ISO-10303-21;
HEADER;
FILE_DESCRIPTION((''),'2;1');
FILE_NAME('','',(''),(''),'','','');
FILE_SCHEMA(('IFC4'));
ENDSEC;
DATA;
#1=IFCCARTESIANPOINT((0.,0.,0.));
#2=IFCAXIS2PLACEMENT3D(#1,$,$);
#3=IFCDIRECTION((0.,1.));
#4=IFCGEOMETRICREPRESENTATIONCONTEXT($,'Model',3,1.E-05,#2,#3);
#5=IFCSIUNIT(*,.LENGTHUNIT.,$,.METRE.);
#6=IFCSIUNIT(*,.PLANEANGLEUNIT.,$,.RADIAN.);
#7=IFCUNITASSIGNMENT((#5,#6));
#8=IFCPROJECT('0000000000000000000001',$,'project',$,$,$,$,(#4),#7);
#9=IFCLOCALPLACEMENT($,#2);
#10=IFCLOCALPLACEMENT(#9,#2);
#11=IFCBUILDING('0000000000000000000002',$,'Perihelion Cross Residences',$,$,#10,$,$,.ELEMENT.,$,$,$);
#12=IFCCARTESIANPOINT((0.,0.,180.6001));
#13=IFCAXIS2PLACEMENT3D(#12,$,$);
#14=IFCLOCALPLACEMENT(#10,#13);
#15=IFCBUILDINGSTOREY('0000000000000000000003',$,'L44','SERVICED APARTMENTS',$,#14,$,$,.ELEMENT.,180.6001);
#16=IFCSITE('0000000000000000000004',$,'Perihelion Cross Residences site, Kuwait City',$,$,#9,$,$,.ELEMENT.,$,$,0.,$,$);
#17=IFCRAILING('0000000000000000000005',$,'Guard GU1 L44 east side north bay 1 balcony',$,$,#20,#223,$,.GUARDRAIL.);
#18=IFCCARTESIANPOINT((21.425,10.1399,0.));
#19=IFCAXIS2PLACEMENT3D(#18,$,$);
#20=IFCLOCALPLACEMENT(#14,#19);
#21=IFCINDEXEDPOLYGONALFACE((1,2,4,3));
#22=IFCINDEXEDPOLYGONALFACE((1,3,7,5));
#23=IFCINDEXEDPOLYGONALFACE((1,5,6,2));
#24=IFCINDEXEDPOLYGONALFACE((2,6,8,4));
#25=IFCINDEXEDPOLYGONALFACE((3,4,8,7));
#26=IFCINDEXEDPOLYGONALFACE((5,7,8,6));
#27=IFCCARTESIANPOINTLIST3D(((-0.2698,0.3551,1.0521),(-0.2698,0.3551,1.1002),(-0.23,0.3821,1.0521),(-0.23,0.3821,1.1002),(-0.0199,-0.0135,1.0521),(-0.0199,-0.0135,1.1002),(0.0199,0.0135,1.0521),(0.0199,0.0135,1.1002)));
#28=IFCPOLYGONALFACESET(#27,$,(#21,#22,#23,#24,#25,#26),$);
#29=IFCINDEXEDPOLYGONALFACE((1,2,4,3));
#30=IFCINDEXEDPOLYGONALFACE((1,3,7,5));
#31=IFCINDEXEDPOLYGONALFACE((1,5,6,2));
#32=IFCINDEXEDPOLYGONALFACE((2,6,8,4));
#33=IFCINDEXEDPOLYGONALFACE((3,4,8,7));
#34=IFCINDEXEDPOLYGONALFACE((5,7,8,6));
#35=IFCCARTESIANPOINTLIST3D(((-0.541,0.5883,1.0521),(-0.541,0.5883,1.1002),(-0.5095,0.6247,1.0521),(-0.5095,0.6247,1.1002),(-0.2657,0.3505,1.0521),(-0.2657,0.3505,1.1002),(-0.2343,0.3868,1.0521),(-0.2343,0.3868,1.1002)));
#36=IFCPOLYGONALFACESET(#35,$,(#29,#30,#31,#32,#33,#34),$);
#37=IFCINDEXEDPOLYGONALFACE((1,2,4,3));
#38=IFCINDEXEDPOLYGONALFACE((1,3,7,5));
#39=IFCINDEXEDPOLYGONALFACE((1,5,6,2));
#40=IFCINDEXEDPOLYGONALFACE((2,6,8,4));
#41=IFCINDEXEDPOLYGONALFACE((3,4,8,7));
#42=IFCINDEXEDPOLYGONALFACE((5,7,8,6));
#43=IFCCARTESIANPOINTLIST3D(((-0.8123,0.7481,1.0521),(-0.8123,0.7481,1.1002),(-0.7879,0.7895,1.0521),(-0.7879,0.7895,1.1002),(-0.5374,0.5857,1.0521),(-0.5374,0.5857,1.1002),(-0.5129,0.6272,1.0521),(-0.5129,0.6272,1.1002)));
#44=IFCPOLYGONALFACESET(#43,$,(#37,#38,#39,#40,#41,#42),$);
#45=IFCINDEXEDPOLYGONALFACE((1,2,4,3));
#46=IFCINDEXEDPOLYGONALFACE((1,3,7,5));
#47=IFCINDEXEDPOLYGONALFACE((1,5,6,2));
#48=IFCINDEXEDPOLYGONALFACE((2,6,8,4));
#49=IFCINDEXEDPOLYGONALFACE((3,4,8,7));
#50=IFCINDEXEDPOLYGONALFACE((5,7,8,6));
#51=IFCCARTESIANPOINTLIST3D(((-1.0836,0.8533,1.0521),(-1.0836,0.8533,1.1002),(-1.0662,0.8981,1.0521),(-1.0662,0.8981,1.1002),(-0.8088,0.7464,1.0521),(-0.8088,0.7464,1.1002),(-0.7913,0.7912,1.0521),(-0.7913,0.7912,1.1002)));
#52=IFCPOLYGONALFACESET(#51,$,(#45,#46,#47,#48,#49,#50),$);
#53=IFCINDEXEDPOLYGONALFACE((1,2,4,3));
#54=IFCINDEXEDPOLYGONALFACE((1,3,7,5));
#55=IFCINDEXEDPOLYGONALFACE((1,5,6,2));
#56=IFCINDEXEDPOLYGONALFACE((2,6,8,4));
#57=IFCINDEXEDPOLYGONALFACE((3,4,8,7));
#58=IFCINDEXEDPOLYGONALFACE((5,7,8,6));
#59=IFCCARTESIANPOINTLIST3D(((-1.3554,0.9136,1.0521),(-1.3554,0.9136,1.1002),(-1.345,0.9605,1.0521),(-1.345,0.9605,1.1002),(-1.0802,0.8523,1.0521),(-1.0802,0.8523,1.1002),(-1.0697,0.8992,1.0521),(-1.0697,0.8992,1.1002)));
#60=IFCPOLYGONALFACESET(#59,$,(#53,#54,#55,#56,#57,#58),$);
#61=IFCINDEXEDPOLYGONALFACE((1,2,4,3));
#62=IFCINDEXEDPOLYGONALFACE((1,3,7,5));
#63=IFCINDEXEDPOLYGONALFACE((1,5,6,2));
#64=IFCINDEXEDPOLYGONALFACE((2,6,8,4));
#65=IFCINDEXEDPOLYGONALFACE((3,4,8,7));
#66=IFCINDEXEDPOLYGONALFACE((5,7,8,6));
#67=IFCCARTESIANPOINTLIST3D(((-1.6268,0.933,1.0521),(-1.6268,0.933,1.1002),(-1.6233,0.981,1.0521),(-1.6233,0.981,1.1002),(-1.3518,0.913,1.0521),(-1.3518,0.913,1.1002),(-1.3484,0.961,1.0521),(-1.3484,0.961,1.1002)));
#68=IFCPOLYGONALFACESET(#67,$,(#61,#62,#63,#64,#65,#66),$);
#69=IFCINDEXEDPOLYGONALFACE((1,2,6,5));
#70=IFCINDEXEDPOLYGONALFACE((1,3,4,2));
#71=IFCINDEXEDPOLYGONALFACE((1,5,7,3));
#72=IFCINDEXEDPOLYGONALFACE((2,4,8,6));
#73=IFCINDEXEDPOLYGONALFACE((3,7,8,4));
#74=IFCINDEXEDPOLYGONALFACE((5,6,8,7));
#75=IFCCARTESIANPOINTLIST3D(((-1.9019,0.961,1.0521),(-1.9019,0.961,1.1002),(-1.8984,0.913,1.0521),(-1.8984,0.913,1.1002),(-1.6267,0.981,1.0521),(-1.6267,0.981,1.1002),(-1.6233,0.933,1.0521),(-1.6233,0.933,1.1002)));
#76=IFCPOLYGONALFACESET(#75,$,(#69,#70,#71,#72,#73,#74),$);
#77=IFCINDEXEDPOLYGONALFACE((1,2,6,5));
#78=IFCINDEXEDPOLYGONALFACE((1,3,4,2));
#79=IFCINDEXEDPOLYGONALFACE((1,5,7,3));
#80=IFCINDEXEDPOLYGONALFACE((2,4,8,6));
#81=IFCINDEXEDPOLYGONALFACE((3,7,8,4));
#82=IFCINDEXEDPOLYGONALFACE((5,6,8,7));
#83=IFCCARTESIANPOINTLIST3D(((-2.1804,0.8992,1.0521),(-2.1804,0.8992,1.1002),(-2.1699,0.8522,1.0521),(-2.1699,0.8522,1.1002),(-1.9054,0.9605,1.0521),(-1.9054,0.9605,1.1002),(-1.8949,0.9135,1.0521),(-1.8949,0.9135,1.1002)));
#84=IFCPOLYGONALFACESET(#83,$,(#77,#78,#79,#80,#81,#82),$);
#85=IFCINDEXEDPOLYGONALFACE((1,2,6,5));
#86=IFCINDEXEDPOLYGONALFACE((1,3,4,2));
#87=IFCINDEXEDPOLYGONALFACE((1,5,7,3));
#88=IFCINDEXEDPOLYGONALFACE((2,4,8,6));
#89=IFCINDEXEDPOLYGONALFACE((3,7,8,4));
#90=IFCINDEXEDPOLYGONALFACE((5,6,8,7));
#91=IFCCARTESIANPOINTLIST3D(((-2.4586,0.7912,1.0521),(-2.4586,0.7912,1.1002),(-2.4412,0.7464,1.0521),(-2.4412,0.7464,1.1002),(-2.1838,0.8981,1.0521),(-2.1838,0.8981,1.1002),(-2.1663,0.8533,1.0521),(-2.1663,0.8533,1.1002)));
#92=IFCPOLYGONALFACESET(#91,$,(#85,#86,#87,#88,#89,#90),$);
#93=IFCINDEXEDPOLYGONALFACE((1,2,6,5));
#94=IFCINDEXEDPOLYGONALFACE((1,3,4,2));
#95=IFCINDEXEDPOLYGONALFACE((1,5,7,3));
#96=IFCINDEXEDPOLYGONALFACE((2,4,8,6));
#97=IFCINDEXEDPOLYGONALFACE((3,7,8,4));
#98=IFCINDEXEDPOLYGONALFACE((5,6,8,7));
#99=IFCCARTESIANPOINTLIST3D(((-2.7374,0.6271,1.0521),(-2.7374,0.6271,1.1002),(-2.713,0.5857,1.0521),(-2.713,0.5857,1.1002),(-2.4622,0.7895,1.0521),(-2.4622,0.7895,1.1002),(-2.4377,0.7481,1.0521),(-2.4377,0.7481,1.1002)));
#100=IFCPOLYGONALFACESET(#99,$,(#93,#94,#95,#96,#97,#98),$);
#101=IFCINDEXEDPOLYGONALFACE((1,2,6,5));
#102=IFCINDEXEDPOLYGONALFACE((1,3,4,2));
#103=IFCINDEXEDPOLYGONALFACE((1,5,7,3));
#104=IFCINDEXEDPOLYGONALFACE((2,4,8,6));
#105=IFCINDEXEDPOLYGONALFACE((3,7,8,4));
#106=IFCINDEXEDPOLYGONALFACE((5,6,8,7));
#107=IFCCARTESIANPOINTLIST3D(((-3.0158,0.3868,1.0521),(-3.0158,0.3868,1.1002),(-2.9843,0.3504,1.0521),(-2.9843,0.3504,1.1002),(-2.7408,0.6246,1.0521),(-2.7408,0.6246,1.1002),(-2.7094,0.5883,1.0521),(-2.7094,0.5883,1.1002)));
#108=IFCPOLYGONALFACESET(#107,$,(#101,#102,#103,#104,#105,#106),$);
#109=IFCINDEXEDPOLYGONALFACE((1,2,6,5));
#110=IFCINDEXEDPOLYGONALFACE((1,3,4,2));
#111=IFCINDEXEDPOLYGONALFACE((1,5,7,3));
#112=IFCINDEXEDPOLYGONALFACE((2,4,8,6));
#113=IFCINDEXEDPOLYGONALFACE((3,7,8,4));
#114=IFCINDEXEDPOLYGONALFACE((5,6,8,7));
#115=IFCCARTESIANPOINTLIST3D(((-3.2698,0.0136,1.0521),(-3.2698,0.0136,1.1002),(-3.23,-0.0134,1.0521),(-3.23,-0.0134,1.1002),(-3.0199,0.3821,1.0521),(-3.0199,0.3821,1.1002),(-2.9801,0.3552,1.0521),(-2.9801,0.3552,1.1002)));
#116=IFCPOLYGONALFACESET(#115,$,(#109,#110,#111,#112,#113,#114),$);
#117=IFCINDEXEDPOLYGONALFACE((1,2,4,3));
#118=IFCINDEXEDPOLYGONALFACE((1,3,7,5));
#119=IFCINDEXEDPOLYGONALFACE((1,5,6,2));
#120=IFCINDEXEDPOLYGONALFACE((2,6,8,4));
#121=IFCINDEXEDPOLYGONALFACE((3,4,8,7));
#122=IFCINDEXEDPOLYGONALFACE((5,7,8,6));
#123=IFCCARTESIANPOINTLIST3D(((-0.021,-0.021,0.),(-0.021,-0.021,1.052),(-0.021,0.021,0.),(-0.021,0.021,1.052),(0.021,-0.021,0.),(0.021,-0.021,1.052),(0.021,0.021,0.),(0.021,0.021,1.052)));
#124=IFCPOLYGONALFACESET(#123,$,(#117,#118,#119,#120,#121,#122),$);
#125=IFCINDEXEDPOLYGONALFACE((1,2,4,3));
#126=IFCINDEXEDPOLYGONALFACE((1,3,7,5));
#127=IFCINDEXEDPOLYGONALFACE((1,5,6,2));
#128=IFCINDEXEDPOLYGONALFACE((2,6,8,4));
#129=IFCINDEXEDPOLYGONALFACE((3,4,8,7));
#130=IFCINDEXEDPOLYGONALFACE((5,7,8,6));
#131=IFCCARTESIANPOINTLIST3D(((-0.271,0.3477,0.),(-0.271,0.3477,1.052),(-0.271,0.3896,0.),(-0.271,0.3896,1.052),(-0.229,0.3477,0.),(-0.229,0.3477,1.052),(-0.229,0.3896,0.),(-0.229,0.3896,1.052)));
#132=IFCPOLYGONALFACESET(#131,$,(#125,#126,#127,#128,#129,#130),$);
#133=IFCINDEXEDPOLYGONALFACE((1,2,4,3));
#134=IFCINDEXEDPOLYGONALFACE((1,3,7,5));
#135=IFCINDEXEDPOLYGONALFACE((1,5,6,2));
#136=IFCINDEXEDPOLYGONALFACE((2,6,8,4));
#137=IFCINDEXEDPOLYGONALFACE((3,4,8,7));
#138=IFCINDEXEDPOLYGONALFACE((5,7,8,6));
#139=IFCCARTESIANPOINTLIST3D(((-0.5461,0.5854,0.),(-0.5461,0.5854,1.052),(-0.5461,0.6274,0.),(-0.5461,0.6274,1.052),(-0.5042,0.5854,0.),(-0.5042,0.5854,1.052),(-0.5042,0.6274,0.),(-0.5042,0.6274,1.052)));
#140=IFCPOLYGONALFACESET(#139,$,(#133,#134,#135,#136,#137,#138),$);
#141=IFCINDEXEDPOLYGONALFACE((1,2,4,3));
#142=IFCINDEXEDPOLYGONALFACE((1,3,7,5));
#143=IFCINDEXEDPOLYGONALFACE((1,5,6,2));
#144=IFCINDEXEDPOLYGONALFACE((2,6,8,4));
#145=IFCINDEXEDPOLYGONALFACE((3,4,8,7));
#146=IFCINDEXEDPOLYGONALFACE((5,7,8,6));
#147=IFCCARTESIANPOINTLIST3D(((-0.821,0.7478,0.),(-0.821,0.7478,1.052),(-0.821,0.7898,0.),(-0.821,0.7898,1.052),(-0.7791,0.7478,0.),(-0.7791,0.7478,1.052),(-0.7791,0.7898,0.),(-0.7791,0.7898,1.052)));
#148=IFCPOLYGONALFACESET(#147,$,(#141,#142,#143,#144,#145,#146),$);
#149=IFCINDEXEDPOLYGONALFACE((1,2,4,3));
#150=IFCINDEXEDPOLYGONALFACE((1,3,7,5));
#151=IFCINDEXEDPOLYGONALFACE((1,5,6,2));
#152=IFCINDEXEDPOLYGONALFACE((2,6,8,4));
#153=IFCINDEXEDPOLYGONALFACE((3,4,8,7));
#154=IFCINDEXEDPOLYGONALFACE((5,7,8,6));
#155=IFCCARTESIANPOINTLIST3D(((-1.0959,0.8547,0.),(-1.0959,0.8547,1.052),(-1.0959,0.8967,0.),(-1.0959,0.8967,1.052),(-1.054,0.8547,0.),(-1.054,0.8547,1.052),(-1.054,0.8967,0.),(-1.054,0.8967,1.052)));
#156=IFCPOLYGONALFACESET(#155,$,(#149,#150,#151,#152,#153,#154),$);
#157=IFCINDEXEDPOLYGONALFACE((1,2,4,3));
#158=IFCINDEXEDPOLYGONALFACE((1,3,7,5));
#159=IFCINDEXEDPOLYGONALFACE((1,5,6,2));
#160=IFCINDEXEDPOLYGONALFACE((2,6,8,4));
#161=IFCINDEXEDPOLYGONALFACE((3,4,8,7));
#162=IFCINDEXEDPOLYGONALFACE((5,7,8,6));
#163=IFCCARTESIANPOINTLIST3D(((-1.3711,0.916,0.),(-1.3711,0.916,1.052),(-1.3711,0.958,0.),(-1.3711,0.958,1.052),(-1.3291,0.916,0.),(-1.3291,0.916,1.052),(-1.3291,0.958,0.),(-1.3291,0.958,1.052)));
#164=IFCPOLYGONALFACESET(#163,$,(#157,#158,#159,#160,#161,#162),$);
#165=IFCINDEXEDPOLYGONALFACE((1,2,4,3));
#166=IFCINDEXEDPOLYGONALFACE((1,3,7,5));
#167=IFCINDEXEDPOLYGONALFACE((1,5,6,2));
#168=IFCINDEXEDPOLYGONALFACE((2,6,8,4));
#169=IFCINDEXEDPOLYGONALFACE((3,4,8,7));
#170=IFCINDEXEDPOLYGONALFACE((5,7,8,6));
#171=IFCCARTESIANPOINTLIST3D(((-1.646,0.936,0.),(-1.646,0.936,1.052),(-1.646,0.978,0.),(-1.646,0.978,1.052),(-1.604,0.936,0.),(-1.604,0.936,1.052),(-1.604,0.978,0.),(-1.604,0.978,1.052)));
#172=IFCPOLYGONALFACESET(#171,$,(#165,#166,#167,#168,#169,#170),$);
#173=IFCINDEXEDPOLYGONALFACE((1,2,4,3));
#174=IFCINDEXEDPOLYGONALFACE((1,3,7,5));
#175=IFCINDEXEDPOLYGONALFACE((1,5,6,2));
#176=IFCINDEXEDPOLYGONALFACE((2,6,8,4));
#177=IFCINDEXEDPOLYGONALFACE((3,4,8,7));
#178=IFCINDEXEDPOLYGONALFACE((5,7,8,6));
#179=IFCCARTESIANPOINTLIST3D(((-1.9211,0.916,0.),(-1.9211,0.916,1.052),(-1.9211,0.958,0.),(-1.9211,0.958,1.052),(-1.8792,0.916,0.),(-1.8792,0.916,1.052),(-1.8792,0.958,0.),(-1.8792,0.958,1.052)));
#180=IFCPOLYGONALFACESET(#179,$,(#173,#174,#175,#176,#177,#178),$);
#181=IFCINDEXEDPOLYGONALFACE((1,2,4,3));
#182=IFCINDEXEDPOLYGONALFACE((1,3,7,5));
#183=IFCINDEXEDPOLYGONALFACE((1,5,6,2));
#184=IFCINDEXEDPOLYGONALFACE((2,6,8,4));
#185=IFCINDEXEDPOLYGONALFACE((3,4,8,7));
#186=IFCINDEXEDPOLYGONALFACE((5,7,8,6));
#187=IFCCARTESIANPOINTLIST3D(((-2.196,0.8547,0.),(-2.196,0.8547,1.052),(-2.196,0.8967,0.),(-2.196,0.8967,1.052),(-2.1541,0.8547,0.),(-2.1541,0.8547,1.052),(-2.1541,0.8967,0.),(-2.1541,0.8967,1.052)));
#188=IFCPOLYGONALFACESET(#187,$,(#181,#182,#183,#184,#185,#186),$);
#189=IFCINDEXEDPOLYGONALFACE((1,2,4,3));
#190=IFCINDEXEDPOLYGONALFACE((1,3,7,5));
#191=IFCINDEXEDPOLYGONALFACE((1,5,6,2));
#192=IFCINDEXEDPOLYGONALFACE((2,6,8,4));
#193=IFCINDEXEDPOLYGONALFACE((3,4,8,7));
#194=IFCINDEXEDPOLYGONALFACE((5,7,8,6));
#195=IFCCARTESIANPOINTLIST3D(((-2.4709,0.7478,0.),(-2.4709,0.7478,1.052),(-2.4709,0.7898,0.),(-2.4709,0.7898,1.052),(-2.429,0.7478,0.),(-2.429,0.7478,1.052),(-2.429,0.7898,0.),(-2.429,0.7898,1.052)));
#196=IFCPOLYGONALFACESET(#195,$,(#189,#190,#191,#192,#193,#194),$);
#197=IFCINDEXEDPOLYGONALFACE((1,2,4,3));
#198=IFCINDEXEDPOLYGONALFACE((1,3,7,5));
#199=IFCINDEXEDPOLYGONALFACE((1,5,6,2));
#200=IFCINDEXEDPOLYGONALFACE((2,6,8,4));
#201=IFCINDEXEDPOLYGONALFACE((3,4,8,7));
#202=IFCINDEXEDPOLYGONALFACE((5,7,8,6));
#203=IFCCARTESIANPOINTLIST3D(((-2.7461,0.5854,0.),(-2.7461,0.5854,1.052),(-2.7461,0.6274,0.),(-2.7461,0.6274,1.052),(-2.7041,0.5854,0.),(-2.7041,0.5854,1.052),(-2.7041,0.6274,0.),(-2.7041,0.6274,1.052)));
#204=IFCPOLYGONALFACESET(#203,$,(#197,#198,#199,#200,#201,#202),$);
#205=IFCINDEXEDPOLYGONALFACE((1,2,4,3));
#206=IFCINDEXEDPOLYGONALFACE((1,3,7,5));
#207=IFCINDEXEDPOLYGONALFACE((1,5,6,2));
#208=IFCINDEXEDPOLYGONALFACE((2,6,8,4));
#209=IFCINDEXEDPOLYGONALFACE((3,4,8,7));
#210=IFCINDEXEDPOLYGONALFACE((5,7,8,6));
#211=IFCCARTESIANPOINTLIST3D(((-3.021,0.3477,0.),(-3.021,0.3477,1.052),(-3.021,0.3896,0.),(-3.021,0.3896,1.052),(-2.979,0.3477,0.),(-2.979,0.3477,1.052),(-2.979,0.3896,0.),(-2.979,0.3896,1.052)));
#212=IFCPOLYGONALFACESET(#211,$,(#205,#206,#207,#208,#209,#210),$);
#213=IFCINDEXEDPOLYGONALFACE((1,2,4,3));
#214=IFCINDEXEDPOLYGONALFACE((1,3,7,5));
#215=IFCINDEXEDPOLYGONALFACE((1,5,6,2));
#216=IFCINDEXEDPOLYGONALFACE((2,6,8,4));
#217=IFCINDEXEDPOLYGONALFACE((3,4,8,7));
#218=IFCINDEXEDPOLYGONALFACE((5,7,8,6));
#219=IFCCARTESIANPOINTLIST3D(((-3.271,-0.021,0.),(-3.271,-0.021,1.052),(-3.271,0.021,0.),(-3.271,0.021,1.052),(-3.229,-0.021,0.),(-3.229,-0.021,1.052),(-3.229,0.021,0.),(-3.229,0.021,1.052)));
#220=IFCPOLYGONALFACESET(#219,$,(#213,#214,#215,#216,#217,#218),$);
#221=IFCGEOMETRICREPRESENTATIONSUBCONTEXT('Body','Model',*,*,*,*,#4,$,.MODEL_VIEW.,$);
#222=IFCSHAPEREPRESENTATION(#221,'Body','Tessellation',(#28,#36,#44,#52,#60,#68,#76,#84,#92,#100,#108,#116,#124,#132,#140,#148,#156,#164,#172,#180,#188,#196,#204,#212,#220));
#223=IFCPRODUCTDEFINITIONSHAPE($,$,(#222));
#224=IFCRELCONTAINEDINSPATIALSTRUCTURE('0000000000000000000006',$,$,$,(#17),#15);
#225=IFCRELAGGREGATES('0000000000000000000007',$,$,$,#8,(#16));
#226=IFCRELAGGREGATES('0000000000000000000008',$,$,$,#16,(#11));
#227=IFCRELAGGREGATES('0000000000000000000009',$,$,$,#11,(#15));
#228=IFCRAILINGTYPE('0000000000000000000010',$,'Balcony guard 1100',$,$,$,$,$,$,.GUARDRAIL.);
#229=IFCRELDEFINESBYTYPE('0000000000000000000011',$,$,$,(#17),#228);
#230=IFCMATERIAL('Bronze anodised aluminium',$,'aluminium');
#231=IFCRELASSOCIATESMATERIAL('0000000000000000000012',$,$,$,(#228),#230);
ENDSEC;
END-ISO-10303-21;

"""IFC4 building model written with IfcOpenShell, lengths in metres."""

from ifc_helpers import new_model, si_unit, direction, frame, origin, origin_2d, place, context, subcontext, project, spatial, rectangle, extrude, material, type_object, element, save


model = new_model("IFC4")

# Units and contexts
model_context = context("Model", 3, precision=1e-05, world=origin(), true_north=direction((0.0, 1.0)))
body_context = subcontext(model_context, "Body", "Model", "MODEL_VIEW")
ifc_project = project(units=[si_unit("LENGTHUNIT", "METRE"), si_unit("PLANEANGLEUNIT", "RADIAN")], contexts=[model_context])

# Site, building, storey
site_placement = place(None, origin())
site = spatial("IfcSite", under=ifc_project, at=site_placement, Name="Perihelion Cross Residences site, Kuwait City", CompositionType="ELEMENT", RefElevation=0.0)
building_placement = place(site_placement, origin())
building = spatial("IfcBuilding", under=site, at=building_placement, Name="Perihelion Cross Residences", CompositionType="ELEMENT")
storey_placement = place(building_placement, frame((0.0, 0.0, 180.6001)))
storey = spatial("IfcBuildingStorey", under=building, at=storey_placement, Name="L44", Description="SERVICED APARTMENTS", CompositionType="ELEMENT", Elevation=180.6001)

# Railing
ifc_material_1 = material(Name="Bronze anodised aluminium", Category="aluminium")
railing_type_1 = type_object("IfcRailingType", Name="Balcony guard 1100", PredefinedType="GUARDRAIL", material=ifc_material_1)
railing_1_placement = place(storey_placement, frame((21.425, 10.1399, 0.0)))
element("IfcRailing", 1, at=railing_1_placement, inside=storey, type_object=railing_type_1, Name="Guard GU1 L44 east side north bay 1 balcony", PredefinedType="GUARDRAIL", context=body_context, shape_type="SweptSolid", body=[
    extrude(rectangle(XDim=0.0481, YDim=0.0481, at=origin_2d()), frame((0.0, 0.0, 1.0762), z_axis=(-0.56126, 0.827639, 0.0), x_axis=(-0.827639, -0.56126, 0.0)), (0.0, 0.0, 1.0), 0.4453),
    extrude(rectangle(XDim=0.0481, YDim=0.0481, at=origin_2d()), frame((-0.25, 0.3687, 1.0762), z_axis=(-0.756597, 0.653882, 0.0), x_axis=(-0.653882, -0.756597, 0.0)), (0.0, 0.0, 1.0), 0.3638),
    extrude(rectangle(XDim=0.0481, YDim=0.0481, at=origin_2d()), frame((-0.5251, 0.6064, 1.0762), z_axis=(-0.861048, 0.508523, 0.0), x_axis=(-0.508523, -0.861048, 0.0)), (0.0, 0.0, 1.0), 0.3193),
    extrude(rectangle(XDim=0.0481, YDim=0.0481, at=origin_2d()), frame((-0.8, 0.7688, 1.0762), z_axis=(-0.931974, 0.362526, 0.0), x_axis=(-0.362526, -0.931974, 0.0)), (0.0, 0.0, 1.0), 0.2949),
    extrude(rectangle(XDim=0.0481, YDim=0.0481, at=origin_2d()), frame((-1.075, 0.8757, 1.0762), z_axis=(-0.976085, 0.217389, 0.0), x_axis=(-0.217389, -0.976085, 0.0)), (0.0, 0.0, 1.0), 0.282),
    extrude(rectangle(XDim=0.0481, YDim=0.0481, at=origin_2d()), frame((-1.3501, 0.937, 1.0762), z_axis=(-0.997359, 0.072632, 0.0), x_axis=(-0.072632, -0.997359, 0.0)), (0.0, 0.0, 1.0), 0.2756),
    extrude(rectangle(XDim=0.0481, YDim=0.0481, at=origin_2d()), frame((-1.625, 0.957, 1.0762), z_axis=(-0.997363, -0.072568, 0.0), x_axis=(0.072568, -0.997363, 0.0)), (0.0, 0.0, 1.0), 0.2759),
    extrude(rectangle(XDim=0.0481, YDim=0.0481, at=origin_2d()), frame((-1.9001, 0.937, 1.0762), z_axis=(-0.976044, -0.217573, 0.0), x_axis=(0.217573, -0.976044, 0.0)), (0.0, 0.0, 1.0), 0.2817),
    extrude(rectangle(XDim=0.0481, YDim=0.0481, at=origin_2d()), frame((-2.175, 0.8757, 1.0762), z_axis=(-0.931974, -0.362526, 0.0), x_axis=(0.362526, -0.931974, 0.0)), (0.0, 0.0, 1.0), 0.2949),
    extrude(rectangle(XDim=0.0481, YDim=0.0481, at=origin_2d()), frame((-2.45, 0.7688, 1.0762), z_axis=(-0.861246, -0.508189, 0.0), x_axis=(0.508189, -0.861246, 0.0)), (0.0, 0.0, 1.0), 0.3196),
    extrude(rectangle(XDim=0.0481, YDim=0.0481, at=origin_2d()), frame((-2.7251, 0.6064, 1.0762), z_axis=(-0.756309, -0.654214, 0.0), x_axis=(0.654214, -0.756309, 0.0)), (0.0, 0.0, 1.0), 0.3635),
    extrude(rectangle(XDim=0.0481, YDim=0.0481, at=origin_2d()), frame((-3.0, 0.3687, 1.0762), z_axis=(-0.56126, -0.827639, 0.0), x_axis=(0.827639, -0.56126, 0.0)), (0.0, 0.0, 1.0), 0.4453),
    extrude(rectangle(XDim=0.042, YDim=0.042, at=origin_2d()), origin(), (0.0, 0.0, 1.0), 1.052),
    extrude(rectangle(XDim=0.042, YDim=0.042, at=origin_2d()), frame((-0.25, 0.3687, 0.0)), (0.0, 0.0, 1.0), 1.052),
    extrude(rectangle(XDim=0.042, YDim=0.042, at=origin_2d()), frame((-0.5251, 0.6064, 0.0)), (0.0, 0.0, 1.0), 1.052),
    extrude(rectangle(XDim=0.042, YDim=0.042, at=origin_2d()), frame((-0.8, 0.7688, 0.0)), (0.0, 0.0, 1.0), 1.052),
    extrude(rectangle(XDim=0.042, YDim=0.042, at=origin_2d()), frame((-1.075, 0.8757, 0.0)), (0.0, 0.0, 1.0), 1.052),
    extrude(rectangle(XDim=0.042, YDim=0.042, at=origin_2d()), frame((-1.3501, 0.937, 0.0)), (0.0, 0.0, 1.0), 1.052),
    extrude(rectangle(XDim=0.042, YDim=0.042, at=origin_2d()), frame((-1.625, 0.957, 0.0)), (0.0, 0.0, 1.0), 1.052),
    extrude(rectangle(XDim=0.042, YDim=0.042, at=origin_2d()), frame((-1.9001, 0.937, 0.0)), (0.0, 0.0, 1.0), 1.052),
    extrude(rectangle(XDim=0.042, YDim=0.042, at=origin_2d()), frame((-2.175, 0.8757, 0.0)), (0.0, 0.0, 1.0), 1.052),
    extrude(rectangle(XDim=0.042, YDim=0.042, at=origin_2d()), frame((-2.45, 0.7688, 0.0)), (0.0, 0.0, 1.0), 1.052),
    extrude(rectangle(XDim=0.042, YDim=0.042, at=origin_2d()), frame((-2.7251, 0.6064, 0.0)), (0.0, 0.0, 1.0), 1.052),
    extrude(rectangle(XDim=0.042, YDim=0.042, at=origin_2d()), frame((-3.0, 0.3687, 0.0)), (0.0, 0.0, 1.0), 1.052),
    extrude(rectangle(XDim=0.042, YDim=0.042, at=origin_2d()), frame((-3.25, 0.0, 0.0)), (0.0, 0.0, 1.0), 1.052),
])

save(model, "model.ifc")
